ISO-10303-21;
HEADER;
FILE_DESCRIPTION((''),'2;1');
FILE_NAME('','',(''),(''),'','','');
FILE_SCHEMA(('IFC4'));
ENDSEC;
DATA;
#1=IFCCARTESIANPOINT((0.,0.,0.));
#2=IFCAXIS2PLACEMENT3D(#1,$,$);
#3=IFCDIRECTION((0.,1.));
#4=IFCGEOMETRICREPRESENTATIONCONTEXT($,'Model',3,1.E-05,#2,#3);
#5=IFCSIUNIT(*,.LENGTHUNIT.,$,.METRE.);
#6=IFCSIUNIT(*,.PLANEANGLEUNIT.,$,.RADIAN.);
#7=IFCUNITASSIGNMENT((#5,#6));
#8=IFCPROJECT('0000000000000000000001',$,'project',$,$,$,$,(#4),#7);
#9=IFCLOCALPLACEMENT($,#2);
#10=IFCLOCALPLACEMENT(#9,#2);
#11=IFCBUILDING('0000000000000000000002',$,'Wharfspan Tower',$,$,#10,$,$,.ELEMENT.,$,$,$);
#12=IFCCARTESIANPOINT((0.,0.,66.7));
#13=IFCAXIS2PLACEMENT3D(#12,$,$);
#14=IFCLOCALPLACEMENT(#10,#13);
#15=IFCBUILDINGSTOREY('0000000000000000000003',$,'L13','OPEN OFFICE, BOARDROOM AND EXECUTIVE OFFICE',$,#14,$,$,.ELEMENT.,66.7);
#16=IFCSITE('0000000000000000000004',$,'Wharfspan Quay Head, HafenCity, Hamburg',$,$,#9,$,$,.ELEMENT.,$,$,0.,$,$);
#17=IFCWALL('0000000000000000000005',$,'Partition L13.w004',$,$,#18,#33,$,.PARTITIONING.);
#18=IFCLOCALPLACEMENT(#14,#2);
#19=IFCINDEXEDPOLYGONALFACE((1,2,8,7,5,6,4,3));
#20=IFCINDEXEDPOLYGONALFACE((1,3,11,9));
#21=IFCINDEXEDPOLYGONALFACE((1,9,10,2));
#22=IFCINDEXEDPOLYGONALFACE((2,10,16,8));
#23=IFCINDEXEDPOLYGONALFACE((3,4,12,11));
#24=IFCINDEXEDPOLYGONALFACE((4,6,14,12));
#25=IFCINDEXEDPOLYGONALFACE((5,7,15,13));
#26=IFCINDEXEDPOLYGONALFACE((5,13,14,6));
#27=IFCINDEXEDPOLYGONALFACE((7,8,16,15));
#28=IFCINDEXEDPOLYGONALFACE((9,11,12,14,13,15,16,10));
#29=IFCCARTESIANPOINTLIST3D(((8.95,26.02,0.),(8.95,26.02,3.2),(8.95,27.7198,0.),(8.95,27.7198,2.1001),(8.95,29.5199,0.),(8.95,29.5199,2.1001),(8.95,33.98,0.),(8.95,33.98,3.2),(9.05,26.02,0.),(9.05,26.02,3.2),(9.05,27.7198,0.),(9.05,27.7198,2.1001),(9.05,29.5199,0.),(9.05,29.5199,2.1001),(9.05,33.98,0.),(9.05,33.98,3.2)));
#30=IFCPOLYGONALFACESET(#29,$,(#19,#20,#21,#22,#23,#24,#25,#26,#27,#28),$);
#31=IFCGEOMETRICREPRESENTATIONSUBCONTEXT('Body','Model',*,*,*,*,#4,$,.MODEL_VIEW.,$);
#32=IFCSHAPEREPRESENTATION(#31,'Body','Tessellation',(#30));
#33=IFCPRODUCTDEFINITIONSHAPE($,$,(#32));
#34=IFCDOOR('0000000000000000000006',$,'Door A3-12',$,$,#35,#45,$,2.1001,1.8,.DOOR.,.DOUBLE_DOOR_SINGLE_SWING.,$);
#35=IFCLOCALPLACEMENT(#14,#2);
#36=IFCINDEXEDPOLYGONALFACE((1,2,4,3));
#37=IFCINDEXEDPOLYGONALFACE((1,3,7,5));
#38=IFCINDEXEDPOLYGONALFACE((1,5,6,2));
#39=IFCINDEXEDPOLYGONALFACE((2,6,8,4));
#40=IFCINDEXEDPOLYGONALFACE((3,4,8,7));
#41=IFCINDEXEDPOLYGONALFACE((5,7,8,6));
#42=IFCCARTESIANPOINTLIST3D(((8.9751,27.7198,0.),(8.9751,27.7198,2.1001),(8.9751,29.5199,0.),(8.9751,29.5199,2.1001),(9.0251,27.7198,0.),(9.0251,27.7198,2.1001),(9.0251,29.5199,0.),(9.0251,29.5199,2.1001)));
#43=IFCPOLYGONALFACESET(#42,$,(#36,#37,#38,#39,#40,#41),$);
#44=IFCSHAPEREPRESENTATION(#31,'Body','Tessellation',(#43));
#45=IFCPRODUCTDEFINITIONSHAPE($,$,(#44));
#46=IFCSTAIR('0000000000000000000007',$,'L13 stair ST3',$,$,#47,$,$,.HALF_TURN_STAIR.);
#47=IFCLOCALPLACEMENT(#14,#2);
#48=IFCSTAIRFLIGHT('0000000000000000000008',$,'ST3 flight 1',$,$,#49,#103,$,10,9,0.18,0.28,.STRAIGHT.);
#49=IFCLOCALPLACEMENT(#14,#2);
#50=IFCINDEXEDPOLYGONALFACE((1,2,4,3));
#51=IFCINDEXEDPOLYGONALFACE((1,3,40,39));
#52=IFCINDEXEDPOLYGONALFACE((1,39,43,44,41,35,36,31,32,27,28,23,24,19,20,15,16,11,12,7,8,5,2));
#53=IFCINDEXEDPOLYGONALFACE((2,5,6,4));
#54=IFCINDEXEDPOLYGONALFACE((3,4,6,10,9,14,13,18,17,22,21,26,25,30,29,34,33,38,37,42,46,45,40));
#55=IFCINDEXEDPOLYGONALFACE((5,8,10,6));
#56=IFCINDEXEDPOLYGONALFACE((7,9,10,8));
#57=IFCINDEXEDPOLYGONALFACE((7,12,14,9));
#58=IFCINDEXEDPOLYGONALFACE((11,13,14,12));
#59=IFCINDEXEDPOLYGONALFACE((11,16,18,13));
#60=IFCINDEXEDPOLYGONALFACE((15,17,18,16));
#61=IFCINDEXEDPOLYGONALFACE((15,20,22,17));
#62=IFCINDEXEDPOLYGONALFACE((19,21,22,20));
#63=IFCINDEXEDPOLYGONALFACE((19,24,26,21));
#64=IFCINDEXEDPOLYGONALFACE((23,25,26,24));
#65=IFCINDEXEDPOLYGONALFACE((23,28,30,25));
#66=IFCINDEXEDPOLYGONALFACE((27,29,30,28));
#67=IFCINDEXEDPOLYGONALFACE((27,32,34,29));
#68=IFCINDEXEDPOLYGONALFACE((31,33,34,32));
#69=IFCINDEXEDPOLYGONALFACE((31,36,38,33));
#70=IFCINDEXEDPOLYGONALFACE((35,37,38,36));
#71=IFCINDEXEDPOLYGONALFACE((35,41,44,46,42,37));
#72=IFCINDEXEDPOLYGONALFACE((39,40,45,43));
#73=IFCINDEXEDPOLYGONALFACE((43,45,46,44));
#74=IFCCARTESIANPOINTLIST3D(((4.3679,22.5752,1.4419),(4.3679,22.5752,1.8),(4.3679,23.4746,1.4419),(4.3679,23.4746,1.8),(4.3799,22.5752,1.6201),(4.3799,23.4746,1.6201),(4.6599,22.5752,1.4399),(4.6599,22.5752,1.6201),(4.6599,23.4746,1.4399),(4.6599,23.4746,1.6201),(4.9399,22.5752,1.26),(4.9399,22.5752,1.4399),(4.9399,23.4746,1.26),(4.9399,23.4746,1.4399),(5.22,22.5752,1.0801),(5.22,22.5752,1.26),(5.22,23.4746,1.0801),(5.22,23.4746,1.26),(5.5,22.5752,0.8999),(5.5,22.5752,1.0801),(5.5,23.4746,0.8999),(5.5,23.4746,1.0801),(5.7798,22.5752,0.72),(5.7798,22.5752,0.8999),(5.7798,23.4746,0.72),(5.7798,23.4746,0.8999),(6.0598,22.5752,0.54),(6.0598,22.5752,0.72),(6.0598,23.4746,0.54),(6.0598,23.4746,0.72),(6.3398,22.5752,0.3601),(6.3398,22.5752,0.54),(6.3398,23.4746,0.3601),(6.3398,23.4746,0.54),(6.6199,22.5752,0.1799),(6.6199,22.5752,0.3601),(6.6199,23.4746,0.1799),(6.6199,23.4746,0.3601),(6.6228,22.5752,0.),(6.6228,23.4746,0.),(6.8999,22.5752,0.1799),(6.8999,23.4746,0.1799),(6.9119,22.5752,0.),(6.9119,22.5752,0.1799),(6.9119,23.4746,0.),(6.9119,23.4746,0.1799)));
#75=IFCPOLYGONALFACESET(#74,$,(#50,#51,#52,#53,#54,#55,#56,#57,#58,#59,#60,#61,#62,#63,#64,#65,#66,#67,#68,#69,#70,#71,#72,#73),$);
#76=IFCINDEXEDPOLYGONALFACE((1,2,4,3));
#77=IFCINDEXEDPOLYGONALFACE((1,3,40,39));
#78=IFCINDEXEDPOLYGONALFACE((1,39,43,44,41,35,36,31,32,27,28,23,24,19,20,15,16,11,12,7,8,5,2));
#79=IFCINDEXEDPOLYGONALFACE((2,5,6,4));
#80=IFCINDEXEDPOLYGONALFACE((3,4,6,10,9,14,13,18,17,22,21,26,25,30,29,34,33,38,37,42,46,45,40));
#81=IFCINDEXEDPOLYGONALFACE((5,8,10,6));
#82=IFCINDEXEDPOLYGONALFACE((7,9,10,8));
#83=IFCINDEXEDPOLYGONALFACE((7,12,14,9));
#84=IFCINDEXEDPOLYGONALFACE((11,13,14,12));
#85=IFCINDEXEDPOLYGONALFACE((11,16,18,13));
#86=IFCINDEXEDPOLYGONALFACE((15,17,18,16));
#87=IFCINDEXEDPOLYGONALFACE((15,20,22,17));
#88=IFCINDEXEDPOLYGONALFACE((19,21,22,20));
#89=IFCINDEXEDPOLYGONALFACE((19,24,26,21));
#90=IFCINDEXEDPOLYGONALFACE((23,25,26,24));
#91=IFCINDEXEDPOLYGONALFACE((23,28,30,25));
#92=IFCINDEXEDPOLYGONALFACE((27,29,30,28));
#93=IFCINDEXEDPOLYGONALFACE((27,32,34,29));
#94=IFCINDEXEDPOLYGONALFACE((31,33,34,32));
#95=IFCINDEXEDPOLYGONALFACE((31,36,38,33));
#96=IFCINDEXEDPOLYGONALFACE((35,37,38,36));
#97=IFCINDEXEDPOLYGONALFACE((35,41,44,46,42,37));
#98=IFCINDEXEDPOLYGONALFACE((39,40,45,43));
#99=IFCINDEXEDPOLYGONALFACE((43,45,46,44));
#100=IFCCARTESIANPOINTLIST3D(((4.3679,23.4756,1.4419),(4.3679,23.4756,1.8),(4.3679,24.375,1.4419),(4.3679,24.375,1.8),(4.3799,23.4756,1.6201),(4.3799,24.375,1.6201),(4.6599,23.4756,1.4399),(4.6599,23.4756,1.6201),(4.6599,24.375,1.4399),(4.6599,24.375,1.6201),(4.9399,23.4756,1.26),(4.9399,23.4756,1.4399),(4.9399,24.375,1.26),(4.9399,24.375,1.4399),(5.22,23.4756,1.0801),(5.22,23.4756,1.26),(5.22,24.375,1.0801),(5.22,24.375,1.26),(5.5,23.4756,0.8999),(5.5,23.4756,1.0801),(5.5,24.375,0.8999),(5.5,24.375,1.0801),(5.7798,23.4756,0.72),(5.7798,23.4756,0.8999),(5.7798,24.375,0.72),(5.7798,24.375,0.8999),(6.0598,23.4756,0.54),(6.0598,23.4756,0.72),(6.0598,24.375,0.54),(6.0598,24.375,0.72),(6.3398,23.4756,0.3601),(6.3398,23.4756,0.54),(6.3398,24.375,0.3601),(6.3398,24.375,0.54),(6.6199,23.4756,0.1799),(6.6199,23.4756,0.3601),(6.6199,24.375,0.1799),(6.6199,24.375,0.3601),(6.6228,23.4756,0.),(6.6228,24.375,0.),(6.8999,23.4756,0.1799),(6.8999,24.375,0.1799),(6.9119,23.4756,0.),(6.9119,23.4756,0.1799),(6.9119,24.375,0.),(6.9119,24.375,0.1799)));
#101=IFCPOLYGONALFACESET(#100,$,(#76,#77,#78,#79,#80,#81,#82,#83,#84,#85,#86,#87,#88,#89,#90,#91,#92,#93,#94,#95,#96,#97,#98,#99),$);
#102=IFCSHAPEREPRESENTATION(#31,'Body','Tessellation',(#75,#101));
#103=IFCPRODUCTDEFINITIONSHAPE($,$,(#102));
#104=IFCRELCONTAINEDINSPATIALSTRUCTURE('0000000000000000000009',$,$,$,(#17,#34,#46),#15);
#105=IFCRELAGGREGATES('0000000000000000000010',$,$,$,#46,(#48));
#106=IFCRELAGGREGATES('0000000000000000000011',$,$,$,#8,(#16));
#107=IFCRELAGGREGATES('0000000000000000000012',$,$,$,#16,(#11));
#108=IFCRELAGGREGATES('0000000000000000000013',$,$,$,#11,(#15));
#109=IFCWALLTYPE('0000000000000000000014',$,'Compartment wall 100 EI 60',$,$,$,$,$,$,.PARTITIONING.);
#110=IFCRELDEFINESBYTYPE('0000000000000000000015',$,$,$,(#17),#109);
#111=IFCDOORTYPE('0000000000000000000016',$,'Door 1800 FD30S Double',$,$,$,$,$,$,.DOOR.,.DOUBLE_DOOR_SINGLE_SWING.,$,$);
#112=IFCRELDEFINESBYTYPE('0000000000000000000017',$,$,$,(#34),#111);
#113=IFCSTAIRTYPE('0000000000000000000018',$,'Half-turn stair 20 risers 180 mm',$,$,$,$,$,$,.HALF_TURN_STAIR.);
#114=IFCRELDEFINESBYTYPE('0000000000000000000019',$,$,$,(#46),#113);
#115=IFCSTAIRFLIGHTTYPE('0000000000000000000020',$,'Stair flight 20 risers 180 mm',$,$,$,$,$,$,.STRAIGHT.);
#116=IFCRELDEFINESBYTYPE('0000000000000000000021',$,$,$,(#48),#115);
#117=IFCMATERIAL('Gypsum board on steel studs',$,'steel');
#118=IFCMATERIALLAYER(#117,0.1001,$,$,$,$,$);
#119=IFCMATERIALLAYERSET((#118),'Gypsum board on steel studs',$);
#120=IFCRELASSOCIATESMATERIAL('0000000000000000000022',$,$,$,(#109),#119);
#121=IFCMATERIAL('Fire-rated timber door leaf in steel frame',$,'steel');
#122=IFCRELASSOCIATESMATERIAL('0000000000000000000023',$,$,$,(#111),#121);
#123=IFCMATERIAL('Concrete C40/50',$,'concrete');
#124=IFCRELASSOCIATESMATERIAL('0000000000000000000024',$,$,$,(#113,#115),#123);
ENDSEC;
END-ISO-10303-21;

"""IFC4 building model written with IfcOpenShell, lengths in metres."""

from ifc_helpers import new_model, si_unit, direction, frame, frame_2d, origin, place, context, subcontext, project, spatial, polyline, rectangle, outline, extrude, material, layer, layer_set, type_object, element, fill, aggregate, save


model = new_model("IFC4")

# Units and contexts
model_context = context("Model", 3, precision=1e-05, world=origin(), true_north=direction((0.0, 1.0)))
body_context = subcontext(model_context, "Body", "Model", "MODEL_VIEW")
ifc_project = project(units=[si_unit("LENGTHUNIT", "METRE"), si_unit("PLANEANGLEUNIT", "RADIAN")], contexts=[model_context])

# Site, building, storey
site_placement = place(None, origin())
site = spatial("IfcSite", under=ifc_project, at=site_placement, Name="Wharfspan Quay Head, HafenCity, Hamburg", CompositionType="ELEMENT", RefElevation=0.0)
building_placement = place(site_placement, origin())
building = spatial("IfcBuilding", under=site, at=building_placement, Name="Wharfspan Tower", CompositionType="ELEMENT")
storey_placement = place(building_placement, frame((0.0, 0.0, 66.7)))
storey = spatial("IfcBuildingStorey", under=building, at=storey_placement, Name="L13", Description="OPEN OFFICE, BOARDROOM AND EXECUTIVE OFFICE", CompositionType="ELEMENT", Elevation=66.7)

# Wall, opening, door
ifc_material_1 = material(Name="Gypsum board on steel studs", Category="steel")
ifc_layer = layer(ifc_material_1, 0.1001)
ifc_layer_set = layer_set([ifc_layer], Name="Gypsum board on steel studs")
wall_type = type_object("IfcWallType", Name="Compartment wall 100 EI 60", PredefinedType="PARTITIONING", material=ifc_layer_set)
wall_placement = place(storey_placement, frame((9.0, 26.02, 0.0), z_axis=(0.0, 0.0, 1.0), x_axis=(0.0, 1.0, 0.0)))
wall = element("IfcWall", 1, at=wall_placement, inside=storey, type_object=wall_type, Name="Partition L13.w004", PredefinedType="PARTITIONING", context=body_context, shape_type="SweptSolid", body=[
    extrude(rectangle(XDim=7.96, YDim=0.1001, at=frame_2d((3.98, 0.0))), origin(), (0.0, 0.0, 1.0), 3.2),
])
opening_placement = place(wall_placement, frame((1.7, 0.0, 0.0)))
opening = element("IfcOpeningElement", 2, at=opening_placement, cuts=wall, PredefinedType="OPENING", context=body_context, shape_type="SweptSolid", body=[
    extrude(rectangle(XDim=1.8, YDim=2.1001, at=frame_2d((0.8999, 1.05))), frame((0.0, 0.0601, 0.0), z_axis=(0.0, -1.0, 0.0), x_axis=(1.0, 0.0, 0.0)), (0.0, 0.0, 1.0), 0.1201),
])
ifc_material_2 = material(Name="Fire-rated timber door leaf in steel frame", Category="steel")
door_type = type_object("IfcDoorType", Name="Door 1800 FD30S Double", OperationType="DOUBLE_DOOR_SINGLE_SWING", PredefinedType="DOOR", material=ifc_material_2)
door_placement = place(opening_placement, origin())
door = element("IfcDoor", 3, at=door_placement, inside=storey, type_object=door_type, Name="Door A3-12", OperationType="DOUBLE_DOOR_SINGLE_SWING", OverallHeight=2.1001, OverallWidth=1.8, PredefinedType="DOOR", context=body_context, shape_type="SweptSolid", body=[
    extrude(rectangle(XDim=1.8, YDim=2.1001, at=frame_2d((0.8999, 1.05))), frame((0.0, 0.0249, 0.0), z_axis=(0.0, -1.0, 0.0), x_axis=(1.0, 0.0, 0.0)), (0.0, 0.0, 1.0), 0.05),
])
fill(opening, door)

# Stair, stair flight
ifc_material_3 = material(Name="Concrete C40/50", Category="concrete")
stair_type = type_object("IfcStairType", Name="Half-turn stair 20 risers 180 mm", PredefinedType="HALF_TURN_STAIR", material=ifc_material_3)
stair_placement = place(storey_placement, origin())
stair = element("IfcStair", 4, at=stair_placement, inside=storey, type_object=stair_type, Name="L13 stair ST3", PredefinedType="HALF_TURN_STAIR")
stair_flight_type = type_object("IfcStairFlightType", Name="Stair flight 20 risers 180 mm", PredefinedType="STRAIGHT", material=ifc_material_3)
stair_flight_placement = place(storey_placement, frame((6.8999, 23.4751, 0.0), z_axis=(0.0, 0.0, 1.0), x_axis=(-1.0, 0.0, 0.0)))
stair_flight = element("IfcStairFlight", 5, at=stair_flight_placement, type_object=stair_flight_type, Name="ST3 flight 1", NumberOfRisers=10, NumberOfTreads=9, PredefinedType="STRAIGHT", RiserHeight=0.18, TreadLength=0.28, context=body_context, shape_type="SweptSolid", body=[
    extrude(outline(polyline([(-0.012, 0.0), (-0.012, 0.1799), (0.0, 0.1799), (0.28, 0.1799), (0.28, 0.3601), (0.5601, 0.3601), (0.5601, 0.54), (0.8401, 0.54), (0.8401, 0.72), (1.1201, 0.72), (1.1201, 0.8999), (1.3999, 0.8999), (1.3999, 1.0801), (1.6799, 1.0801), (1.6799, 1.26), (1.96, 1.26), (1.96, 1.4399), (2.24, 1.4399), (2.24, 1.6201), (2.52, 1.6201), (2.532, 1.8), (2.532, 1.4419), (0.2771, 0.0), (-0.012, 0.0)])), frame((0.0, 0.8999, 0.0), z_axis=(0.0, -1.0, 0.0), x_axis=(1.0, 0.0, 0.0)), (0.0, 0.0, 1.0), 0.8994),
    extrude(outline(polyline([(-0.012, 0.0), (-0.012, 0.1799), (0.0, 0.1799), (0.28, 0.1799), (0.28, 0.3601), (0.5601, 0.3601), (0.5601, 0.54), (0.8401, 0.54), (0.8401, 0.72), (1.1201, 0.72), (1.1201, 0.8999), (1.3999, 0.8999), (1.3999, 1.0801), (1.6799, 1.0801), (1.6799, 1.26), (1.96, 1.26), (1.96, 1.4399), (2.24, 1.4399), (2.24, 1.6201), (2.52, 1.6201), (2.532, 1.8), (2.532, 1.4419), (0.2771, 0.0), (-0.012, 0.0)])), frame((0.0, -0.0005, 0.0), z_axis=(0.0, -1.0, 0.0), x_axis=(1.0, 0.0, 0.0)), (0.0, 0.0, 1.0), 0.8994),
])
aggregate(stair, [stair_flight])

save(model, "model.ifc")
